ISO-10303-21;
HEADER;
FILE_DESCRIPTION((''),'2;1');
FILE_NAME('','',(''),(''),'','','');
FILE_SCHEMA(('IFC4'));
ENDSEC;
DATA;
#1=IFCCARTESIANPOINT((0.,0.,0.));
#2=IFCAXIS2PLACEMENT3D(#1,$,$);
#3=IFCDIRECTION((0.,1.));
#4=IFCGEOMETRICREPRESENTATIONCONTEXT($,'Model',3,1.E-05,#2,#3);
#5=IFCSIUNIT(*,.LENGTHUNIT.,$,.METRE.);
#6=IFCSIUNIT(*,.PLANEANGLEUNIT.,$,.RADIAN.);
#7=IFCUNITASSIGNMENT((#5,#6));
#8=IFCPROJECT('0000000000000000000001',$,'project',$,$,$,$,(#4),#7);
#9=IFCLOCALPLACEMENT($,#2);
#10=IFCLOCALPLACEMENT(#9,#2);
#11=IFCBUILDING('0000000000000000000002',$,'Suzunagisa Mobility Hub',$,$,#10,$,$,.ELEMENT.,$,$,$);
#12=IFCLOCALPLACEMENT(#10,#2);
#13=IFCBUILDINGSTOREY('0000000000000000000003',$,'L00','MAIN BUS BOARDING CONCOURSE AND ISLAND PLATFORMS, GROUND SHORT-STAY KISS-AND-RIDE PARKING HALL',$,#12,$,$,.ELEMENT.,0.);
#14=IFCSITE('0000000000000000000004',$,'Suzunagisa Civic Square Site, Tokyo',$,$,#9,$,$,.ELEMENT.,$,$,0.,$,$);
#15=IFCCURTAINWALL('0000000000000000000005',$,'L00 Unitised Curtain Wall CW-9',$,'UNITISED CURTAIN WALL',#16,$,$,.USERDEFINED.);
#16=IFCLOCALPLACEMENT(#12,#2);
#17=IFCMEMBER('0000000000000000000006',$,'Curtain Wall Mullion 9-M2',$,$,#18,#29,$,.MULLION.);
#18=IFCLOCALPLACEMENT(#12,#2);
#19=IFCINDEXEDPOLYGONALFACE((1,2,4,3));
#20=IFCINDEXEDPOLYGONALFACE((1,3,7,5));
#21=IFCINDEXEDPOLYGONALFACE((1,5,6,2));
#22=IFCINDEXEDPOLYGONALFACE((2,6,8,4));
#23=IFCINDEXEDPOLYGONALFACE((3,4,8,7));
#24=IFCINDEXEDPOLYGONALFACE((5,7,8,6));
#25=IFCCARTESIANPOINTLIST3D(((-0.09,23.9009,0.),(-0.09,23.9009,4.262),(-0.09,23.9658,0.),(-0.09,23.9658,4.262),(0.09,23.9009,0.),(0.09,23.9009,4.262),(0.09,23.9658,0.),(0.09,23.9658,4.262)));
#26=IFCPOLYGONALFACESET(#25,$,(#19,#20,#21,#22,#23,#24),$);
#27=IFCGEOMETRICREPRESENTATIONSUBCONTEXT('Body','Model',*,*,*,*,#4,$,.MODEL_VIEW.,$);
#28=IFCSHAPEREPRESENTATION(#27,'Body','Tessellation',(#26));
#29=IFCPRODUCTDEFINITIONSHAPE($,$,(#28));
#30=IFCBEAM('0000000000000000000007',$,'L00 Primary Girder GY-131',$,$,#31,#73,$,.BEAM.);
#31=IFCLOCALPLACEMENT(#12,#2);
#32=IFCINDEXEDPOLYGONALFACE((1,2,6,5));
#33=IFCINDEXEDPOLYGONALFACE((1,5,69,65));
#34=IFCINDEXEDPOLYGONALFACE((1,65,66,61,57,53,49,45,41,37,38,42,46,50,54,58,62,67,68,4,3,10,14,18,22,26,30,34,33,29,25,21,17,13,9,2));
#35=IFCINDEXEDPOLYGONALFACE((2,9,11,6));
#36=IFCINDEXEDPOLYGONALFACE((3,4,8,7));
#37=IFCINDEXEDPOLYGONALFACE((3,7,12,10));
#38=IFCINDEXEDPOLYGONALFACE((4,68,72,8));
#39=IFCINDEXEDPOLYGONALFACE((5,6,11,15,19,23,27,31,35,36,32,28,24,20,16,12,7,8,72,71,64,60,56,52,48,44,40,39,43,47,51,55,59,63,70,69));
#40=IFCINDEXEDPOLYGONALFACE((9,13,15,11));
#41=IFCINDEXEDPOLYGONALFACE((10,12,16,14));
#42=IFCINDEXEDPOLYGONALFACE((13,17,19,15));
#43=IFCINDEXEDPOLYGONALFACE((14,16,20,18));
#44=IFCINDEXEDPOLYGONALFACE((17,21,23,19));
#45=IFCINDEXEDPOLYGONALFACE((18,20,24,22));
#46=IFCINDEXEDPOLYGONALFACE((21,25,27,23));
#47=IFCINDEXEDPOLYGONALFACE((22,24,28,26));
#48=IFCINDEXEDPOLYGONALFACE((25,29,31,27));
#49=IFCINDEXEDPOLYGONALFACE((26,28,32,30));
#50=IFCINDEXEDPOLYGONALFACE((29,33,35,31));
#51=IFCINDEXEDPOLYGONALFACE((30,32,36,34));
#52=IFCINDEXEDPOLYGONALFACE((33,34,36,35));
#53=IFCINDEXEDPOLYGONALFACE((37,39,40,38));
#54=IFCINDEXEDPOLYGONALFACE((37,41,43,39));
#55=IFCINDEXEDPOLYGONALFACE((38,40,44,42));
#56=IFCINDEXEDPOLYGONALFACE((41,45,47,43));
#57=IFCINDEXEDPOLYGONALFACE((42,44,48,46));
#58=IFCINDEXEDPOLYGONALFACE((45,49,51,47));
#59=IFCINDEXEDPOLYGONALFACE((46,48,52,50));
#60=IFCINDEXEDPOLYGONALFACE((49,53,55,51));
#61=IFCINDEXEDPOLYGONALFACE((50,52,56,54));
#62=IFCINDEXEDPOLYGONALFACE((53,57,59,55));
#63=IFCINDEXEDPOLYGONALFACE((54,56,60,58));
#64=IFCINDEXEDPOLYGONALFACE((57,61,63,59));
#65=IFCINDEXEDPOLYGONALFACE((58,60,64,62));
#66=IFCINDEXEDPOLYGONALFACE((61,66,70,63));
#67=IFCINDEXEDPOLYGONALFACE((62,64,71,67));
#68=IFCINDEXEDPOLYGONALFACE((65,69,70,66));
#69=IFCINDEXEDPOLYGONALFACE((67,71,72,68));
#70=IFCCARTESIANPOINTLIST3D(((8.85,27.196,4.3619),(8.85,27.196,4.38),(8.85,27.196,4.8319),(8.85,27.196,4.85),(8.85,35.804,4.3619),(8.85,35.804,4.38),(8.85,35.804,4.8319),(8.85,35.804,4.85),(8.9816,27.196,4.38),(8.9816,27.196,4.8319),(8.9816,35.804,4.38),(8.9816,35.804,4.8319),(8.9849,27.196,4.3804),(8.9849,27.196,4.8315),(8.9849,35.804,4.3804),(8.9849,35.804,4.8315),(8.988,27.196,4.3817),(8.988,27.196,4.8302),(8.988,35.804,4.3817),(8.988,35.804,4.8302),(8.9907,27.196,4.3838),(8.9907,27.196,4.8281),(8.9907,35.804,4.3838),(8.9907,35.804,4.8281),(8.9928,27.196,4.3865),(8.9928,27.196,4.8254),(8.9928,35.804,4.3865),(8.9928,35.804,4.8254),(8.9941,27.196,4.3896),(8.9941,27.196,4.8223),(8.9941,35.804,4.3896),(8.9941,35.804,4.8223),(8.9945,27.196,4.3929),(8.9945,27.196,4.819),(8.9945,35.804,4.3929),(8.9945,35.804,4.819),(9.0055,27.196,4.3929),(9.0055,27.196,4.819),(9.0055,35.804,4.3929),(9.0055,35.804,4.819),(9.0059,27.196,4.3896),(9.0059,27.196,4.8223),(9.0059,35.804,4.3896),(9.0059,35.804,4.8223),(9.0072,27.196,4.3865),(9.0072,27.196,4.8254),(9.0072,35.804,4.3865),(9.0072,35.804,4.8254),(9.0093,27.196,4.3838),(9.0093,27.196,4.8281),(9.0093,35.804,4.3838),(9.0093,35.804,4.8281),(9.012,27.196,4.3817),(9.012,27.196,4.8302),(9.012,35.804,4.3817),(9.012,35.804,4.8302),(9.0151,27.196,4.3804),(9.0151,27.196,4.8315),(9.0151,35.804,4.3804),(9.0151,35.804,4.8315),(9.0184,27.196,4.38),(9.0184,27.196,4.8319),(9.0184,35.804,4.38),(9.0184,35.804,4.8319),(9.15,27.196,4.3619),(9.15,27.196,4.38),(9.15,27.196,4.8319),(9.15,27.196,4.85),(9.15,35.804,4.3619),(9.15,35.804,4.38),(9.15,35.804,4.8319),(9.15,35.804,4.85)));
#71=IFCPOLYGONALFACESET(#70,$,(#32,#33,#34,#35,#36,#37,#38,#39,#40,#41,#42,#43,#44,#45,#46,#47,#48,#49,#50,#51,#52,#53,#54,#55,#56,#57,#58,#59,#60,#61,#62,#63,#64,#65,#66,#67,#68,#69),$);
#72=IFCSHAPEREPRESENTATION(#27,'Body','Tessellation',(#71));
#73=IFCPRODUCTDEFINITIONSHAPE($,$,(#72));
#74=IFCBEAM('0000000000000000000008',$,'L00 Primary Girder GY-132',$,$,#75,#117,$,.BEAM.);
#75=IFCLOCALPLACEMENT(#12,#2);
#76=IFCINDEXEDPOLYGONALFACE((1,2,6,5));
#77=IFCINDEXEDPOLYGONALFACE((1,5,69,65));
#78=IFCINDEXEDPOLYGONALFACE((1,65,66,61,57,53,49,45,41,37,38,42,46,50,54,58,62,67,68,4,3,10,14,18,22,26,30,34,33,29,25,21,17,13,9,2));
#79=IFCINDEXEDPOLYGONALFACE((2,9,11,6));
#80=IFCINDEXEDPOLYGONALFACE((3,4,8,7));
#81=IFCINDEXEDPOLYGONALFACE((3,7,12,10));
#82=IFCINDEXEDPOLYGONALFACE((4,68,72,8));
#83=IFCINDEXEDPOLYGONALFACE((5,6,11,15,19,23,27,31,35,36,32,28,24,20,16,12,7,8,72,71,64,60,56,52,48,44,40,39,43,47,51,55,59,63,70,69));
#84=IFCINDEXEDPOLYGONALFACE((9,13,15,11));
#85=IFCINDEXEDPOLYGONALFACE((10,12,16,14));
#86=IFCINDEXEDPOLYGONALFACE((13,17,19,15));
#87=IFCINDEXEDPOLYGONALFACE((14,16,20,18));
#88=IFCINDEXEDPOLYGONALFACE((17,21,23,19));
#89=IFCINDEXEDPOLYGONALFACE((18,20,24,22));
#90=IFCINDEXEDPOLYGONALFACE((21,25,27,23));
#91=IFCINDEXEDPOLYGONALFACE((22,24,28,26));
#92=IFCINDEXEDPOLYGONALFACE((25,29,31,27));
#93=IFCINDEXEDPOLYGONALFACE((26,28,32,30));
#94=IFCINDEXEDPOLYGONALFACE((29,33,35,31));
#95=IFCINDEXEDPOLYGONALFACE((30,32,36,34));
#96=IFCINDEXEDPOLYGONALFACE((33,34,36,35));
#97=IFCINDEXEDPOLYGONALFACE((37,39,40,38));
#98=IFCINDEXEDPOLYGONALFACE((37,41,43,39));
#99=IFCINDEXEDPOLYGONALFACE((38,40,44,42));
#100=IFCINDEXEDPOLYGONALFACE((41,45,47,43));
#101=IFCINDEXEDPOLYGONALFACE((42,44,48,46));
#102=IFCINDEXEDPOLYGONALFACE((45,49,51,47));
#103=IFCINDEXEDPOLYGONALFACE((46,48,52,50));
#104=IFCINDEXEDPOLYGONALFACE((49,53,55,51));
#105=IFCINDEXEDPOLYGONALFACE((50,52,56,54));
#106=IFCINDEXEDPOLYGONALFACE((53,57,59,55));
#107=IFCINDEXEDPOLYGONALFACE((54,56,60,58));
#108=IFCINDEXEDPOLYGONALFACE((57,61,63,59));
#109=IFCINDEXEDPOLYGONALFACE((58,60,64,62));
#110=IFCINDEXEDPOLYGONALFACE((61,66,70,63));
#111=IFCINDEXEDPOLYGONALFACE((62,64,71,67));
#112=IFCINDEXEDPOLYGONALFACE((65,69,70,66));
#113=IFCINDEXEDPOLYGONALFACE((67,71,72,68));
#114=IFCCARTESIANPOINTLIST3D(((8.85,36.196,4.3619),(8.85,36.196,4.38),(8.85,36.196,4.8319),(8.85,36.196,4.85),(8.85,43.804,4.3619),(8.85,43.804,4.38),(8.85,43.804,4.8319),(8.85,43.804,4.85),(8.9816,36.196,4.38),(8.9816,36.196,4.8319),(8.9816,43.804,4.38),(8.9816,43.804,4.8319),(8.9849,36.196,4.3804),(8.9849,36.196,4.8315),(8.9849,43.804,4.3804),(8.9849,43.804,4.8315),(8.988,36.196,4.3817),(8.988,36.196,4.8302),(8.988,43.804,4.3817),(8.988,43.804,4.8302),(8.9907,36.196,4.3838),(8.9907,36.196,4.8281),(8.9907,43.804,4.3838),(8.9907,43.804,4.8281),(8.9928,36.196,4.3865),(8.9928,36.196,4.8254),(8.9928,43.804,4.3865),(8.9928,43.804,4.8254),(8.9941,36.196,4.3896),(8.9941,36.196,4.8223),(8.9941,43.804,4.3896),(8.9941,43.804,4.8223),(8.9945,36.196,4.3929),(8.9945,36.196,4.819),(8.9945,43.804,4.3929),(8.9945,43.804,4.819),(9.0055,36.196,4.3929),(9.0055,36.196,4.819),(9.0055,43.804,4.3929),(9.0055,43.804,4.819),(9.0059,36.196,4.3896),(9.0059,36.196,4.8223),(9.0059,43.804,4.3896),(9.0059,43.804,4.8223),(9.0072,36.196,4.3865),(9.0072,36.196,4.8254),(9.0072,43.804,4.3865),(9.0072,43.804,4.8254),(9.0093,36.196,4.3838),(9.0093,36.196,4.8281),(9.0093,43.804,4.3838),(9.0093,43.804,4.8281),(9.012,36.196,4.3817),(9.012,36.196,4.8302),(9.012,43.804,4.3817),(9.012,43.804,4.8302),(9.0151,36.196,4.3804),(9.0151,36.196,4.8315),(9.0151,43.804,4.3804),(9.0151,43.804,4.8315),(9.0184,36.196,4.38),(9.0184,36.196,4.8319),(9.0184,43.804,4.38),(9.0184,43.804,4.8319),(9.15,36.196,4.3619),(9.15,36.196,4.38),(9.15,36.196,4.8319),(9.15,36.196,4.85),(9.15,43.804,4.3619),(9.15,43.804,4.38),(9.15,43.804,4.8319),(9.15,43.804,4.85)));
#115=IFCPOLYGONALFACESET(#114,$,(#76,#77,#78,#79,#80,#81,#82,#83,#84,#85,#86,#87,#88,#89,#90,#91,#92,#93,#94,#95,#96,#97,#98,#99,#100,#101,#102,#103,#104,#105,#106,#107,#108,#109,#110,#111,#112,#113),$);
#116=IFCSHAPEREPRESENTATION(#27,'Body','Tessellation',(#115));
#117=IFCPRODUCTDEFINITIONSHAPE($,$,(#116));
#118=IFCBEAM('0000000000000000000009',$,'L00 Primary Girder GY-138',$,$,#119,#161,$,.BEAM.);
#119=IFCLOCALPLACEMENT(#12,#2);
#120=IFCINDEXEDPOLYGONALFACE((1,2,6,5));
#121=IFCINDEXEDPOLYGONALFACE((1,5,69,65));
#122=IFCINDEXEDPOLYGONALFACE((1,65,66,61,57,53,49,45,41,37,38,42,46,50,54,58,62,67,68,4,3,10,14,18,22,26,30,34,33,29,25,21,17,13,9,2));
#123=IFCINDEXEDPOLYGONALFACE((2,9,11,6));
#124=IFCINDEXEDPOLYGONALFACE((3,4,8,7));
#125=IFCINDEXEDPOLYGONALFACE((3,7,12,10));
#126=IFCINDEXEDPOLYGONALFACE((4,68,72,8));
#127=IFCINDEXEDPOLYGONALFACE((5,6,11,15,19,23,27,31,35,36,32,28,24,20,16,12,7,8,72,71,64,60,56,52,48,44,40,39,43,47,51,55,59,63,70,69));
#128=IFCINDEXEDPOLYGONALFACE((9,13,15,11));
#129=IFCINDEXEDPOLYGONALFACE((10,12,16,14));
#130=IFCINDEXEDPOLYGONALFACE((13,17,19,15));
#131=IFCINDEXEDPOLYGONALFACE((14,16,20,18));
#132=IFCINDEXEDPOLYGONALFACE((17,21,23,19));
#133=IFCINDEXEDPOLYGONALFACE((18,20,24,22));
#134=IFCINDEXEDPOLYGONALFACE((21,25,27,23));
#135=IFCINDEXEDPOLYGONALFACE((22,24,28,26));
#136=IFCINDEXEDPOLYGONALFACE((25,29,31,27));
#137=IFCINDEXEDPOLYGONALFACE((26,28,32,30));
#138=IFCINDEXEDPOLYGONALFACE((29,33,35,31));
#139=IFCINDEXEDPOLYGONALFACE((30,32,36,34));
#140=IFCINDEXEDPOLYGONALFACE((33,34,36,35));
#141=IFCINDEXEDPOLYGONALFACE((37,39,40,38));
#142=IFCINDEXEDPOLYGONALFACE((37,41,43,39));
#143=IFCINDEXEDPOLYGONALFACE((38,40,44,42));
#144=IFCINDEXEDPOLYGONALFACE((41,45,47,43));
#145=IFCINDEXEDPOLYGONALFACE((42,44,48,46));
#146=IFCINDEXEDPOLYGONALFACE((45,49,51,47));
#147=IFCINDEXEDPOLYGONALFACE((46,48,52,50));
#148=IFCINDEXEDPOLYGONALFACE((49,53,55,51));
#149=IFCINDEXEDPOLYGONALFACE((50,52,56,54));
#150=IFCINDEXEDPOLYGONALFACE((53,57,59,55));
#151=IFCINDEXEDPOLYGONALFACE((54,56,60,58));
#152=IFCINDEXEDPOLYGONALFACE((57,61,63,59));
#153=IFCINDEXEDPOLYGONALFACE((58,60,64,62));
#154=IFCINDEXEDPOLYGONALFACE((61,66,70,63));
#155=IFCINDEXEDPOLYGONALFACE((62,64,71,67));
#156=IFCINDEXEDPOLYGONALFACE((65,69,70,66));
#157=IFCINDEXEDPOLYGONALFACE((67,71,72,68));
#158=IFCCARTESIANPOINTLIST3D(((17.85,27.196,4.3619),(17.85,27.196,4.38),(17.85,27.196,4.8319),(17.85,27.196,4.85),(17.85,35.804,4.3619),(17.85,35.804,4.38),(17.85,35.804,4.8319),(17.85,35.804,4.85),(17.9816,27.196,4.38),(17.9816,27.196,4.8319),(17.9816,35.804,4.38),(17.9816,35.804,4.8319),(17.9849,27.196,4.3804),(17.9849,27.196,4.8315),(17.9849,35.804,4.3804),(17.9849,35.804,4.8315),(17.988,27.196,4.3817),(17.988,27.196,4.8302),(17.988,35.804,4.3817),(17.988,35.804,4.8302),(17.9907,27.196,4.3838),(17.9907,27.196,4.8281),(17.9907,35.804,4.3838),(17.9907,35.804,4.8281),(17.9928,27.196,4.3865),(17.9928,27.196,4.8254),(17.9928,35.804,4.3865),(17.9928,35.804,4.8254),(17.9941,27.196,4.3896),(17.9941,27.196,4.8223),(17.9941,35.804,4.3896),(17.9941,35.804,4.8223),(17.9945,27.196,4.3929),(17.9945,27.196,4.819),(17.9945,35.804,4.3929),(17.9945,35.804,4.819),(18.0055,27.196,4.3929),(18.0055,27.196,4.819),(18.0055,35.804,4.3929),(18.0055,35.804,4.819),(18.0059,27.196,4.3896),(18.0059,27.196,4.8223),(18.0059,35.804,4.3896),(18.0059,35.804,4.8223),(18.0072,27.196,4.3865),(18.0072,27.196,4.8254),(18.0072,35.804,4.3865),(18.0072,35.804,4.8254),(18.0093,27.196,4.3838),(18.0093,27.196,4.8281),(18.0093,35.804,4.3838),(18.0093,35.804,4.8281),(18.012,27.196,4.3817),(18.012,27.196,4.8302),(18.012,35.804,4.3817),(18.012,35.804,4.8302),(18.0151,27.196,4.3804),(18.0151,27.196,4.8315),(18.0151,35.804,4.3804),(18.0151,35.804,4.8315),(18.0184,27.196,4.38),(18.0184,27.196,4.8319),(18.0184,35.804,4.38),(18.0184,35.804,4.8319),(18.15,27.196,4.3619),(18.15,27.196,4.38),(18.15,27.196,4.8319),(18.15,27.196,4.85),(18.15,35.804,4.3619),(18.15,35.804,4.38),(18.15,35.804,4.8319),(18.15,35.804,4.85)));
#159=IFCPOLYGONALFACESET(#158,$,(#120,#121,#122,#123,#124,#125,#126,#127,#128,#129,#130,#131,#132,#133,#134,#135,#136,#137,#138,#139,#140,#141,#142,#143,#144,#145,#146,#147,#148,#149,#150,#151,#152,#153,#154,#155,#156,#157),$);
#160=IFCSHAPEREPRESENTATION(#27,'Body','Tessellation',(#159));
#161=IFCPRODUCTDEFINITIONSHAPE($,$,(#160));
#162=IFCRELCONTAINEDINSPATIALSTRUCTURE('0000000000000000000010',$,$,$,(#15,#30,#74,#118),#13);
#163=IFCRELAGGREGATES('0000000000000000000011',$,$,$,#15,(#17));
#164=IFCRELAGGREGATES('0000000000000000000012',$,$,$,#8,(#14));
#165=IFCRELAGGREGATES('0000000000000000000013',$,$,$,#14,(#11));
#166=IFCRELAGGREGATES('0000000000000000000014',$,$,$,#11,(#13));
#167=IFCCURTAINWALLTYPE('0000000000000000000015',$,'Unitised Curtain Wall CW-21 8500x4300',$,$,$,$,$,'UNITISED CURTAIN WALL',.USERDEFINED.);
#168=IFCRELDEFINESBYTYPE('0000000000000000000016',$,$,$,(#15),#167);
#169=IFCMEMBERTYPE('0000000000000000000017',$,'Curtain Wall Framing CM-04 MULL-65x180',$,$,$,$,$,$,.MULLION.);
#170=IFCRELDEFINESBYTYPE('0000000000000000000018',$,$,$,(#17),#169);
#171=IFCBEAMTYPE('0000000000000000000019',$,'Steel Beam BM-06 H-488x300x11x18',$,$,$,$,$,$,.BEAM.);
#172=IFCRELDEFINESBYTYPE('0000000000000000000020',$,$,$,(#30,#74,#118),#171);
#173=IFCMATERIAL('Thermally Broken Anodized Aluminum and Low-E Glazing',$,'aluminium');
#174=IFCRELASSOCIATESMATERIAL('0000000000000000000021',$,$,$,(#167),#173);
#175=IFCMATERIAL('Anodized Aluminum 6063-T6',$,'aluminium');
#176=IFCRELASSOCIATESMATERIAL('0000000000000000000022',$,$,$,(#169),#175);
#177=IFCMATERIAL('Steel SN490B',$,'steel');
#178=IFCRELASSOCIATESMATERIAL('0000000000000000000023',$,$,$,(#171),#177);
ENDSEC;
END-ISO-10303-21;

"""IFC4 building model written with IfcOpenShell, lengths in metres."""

from ifc_helpers import new_model, si_unit, direction, frame, origin, origin_2d, place, context, subcontext, project, spatial, rectangle, i_section, extrude, material, material_profile, profile_set, type_object, element, aggregate, save


model = new_model("IFC4")

# Units and contexts
model_context = context("Model", 3, precision=1e-05, world=origin(), true_north=direction((0.0, 1.0)))
body_context = subcontext(model_context, "Body", "Model", "MODEL_VIEW")
ifc_project = project(units=[si_unit("LENGTHUNIT", "METRE"), si_unit("PLANEANGLEUNIT", "RADIAN")], contexts=[model_context])

# Site, building, storey
site_placement = place(None, origin())
site = spatial("IfcSite", under=ifc_project, at=site_placement, Name="Suzunagisa Civic Square Site, Tokyo", CompositionType="ELEMENT", RefElevation=0.0)
building_placement = place(site_placement, origin())
building = spatial("IfcBuilding", under=site, at=building_placement, Name="Suzunagisa Mobility Hub", CompositionType="ELEMENT")
storey_placement = place(building_placement, origin())
storey = spatial("IfcBuildingStorey", under=building, at=storey_placement, Name="L00", Description="MAIN BUS BOARDING CONCOURSE AND ISLAND PLATFORMS, GROUND SHORT-STAY KISS-AND-RIDE PARKING HALL", CompositionType="ELEMENT", Elevation=0.0)

# Shared definitions
ifc_material_1 = material(Name="Steel SN490B", Category="steel")

# Curtain wall
ifc_material_2 = material(Name="Thermally Broken Anodized Aluminum and Low-E Glazing", Category="aluminium")
curtain_wall_type_1 = type_object("IfcCurtainWallType", Name="Unitised Curtain Wall CW-21 8500x4300", ElementType="UNITISED CURTAIN WALL", PredefinedType="USERDEFINED", material=ifc_material_2)
curtain_wall_1_placement = place(storey_placement, origin())
curtain_wall_1 = element("IfcCurtainWall", 1, at=curtain_wall_1_placement, inside=storey, type_object=curtain_wall_type_1, Name="L00 Unitised Curtain Wall CW-9", ObjectType="UNITISED CURTAIN WALL", PredefinedType="USERDEFINED")
ifc_material_3 = material(Name="Anodized Aluminum 6063-T6", Category="aluminium")

# Shared definitions
ifc_material_profile_1 = material_profile(ifc_material_3, rectangle(XDim=0.0649, YDim=0.1799, at=origin_2d()), Name="MULL-65x180")
ifc_profile_set_1 = profile_set([ifc_material_profile_1], Name="Anodized Aluminum 6063-T6")
member_type_1 = type_object("IfcMemberType", Name="Curtain Wall Framing CM-04 MULL-65x180", PredefinedType="MULLION", material=ifc_profile_set_1)

# Member
member_1_placement = place(storey_placement, frame((0.0, 23.9333, 0.0), z_axis=(0.0, 0.0, 1.0), x_axis=(0.0, -1.0, 0.0)))
member_1 = element("IfcMember", 2, at=member_1_placement, type_object=member_type_1, Name="Curtain Wall Mullion 9-M2", PredefinedType="MULLION", context=body_context, shape_type="SweptSolid", body=[
    extrude(rectangle(XDim=0.0649, YDim=0.1799, at=origin_2d()), origin(), (0.0, 0.0, 1.0), 4.262),
])

# Beams
ifc_material_profile_2 = material_profile(ifc_material_1, i_section(OverallWidth=0.3, OverallDepth=0.488, WebThickness=0.011, FlangeThickness=0.0181, FilletRadius=0.0129, at=origin_2d()), Name="H-488x300x11x18")
ifc_profile_set_2 = profile_set([ifc_material_profile_2], Name="Steel SN490B")
beam_type_1 = type_object("IfcBeamType", Name="Steel Beam BM-06 H-488x300x11x18", PredefinedType="BEAM", material=ifc_profile_set_2)
beam_1_placement = place(storey_placement, frame((9.0, 27.196, 4.606), z_axis=(0.0, 1.0, 0.0), x_axis=(-1.0, 0.0, 0.0)))
element("IfcBeam", 3, at=beam_1_placement, inside=storey, type_object=beam_type_1, Name="L00 Primary Girder GY-131", PredefinedType="BEAM", context=body_context, shape_type="SweptSolid", body=[
    extrude(i_section(OverallWidth=0.3, OverallDepth=0.488, WebThickness=0.011, FlangeThickness=0.0181, FilletRadius=0.0129, at=origin_2d()), origin(), (0.0, 0.0, 1.0), 8.6079),
])
beam_2_placement = place(storey_placement, frame((9.0, 36.196, 4.606), z_axis=(0.0, 1.0, 0.0), x_axis=(-1.0, 0.0, 0.0)))
element("IfcBeam", 4, at=beam_2_placement, inside=storey, type_object=beam_type_1, Name="L00 Primary Girder GY-132", PredefinedType="BEAM", context=body_context, shape_type="SweptSolid", body=[
    extrude(i_section(OverallWidth=0.3, OverallDepth=0.488, WebThickness=0.011, FlangeThickness=0.0181, FilletRadius=0.0129, at=origin_2d()), origin(), (0.0, 0.0, 1.0), 7.6079),
])
beam_3_placement = place(storey_placement, frame((18.0, 27.196, 4.606), z_axis=(0.0, 1.0, 0.0), x_axis=(-1.0, 0.0, 0.0)))
element("IfcBeam", 5, at=beam_3_placement, inside=storey, type_object=beam_type_1, Name="L00 Primary Girder GY-138", PredefinedType="BEAM", context=body_context, shape_type="SweptSolid", body=[
    extrude(i_section(OverallWidth=0.3, OverallDepth=0.488, WebThickness=0.011, FlangeThickness=0.0181, FilletRadius=0.0129, at=origin_2d()), origin(), (0.0, 0.0, 1.0), 8.6079),
])

aggregate(curtain_wall_1, [member_1])

save(model, "model.ifc")
